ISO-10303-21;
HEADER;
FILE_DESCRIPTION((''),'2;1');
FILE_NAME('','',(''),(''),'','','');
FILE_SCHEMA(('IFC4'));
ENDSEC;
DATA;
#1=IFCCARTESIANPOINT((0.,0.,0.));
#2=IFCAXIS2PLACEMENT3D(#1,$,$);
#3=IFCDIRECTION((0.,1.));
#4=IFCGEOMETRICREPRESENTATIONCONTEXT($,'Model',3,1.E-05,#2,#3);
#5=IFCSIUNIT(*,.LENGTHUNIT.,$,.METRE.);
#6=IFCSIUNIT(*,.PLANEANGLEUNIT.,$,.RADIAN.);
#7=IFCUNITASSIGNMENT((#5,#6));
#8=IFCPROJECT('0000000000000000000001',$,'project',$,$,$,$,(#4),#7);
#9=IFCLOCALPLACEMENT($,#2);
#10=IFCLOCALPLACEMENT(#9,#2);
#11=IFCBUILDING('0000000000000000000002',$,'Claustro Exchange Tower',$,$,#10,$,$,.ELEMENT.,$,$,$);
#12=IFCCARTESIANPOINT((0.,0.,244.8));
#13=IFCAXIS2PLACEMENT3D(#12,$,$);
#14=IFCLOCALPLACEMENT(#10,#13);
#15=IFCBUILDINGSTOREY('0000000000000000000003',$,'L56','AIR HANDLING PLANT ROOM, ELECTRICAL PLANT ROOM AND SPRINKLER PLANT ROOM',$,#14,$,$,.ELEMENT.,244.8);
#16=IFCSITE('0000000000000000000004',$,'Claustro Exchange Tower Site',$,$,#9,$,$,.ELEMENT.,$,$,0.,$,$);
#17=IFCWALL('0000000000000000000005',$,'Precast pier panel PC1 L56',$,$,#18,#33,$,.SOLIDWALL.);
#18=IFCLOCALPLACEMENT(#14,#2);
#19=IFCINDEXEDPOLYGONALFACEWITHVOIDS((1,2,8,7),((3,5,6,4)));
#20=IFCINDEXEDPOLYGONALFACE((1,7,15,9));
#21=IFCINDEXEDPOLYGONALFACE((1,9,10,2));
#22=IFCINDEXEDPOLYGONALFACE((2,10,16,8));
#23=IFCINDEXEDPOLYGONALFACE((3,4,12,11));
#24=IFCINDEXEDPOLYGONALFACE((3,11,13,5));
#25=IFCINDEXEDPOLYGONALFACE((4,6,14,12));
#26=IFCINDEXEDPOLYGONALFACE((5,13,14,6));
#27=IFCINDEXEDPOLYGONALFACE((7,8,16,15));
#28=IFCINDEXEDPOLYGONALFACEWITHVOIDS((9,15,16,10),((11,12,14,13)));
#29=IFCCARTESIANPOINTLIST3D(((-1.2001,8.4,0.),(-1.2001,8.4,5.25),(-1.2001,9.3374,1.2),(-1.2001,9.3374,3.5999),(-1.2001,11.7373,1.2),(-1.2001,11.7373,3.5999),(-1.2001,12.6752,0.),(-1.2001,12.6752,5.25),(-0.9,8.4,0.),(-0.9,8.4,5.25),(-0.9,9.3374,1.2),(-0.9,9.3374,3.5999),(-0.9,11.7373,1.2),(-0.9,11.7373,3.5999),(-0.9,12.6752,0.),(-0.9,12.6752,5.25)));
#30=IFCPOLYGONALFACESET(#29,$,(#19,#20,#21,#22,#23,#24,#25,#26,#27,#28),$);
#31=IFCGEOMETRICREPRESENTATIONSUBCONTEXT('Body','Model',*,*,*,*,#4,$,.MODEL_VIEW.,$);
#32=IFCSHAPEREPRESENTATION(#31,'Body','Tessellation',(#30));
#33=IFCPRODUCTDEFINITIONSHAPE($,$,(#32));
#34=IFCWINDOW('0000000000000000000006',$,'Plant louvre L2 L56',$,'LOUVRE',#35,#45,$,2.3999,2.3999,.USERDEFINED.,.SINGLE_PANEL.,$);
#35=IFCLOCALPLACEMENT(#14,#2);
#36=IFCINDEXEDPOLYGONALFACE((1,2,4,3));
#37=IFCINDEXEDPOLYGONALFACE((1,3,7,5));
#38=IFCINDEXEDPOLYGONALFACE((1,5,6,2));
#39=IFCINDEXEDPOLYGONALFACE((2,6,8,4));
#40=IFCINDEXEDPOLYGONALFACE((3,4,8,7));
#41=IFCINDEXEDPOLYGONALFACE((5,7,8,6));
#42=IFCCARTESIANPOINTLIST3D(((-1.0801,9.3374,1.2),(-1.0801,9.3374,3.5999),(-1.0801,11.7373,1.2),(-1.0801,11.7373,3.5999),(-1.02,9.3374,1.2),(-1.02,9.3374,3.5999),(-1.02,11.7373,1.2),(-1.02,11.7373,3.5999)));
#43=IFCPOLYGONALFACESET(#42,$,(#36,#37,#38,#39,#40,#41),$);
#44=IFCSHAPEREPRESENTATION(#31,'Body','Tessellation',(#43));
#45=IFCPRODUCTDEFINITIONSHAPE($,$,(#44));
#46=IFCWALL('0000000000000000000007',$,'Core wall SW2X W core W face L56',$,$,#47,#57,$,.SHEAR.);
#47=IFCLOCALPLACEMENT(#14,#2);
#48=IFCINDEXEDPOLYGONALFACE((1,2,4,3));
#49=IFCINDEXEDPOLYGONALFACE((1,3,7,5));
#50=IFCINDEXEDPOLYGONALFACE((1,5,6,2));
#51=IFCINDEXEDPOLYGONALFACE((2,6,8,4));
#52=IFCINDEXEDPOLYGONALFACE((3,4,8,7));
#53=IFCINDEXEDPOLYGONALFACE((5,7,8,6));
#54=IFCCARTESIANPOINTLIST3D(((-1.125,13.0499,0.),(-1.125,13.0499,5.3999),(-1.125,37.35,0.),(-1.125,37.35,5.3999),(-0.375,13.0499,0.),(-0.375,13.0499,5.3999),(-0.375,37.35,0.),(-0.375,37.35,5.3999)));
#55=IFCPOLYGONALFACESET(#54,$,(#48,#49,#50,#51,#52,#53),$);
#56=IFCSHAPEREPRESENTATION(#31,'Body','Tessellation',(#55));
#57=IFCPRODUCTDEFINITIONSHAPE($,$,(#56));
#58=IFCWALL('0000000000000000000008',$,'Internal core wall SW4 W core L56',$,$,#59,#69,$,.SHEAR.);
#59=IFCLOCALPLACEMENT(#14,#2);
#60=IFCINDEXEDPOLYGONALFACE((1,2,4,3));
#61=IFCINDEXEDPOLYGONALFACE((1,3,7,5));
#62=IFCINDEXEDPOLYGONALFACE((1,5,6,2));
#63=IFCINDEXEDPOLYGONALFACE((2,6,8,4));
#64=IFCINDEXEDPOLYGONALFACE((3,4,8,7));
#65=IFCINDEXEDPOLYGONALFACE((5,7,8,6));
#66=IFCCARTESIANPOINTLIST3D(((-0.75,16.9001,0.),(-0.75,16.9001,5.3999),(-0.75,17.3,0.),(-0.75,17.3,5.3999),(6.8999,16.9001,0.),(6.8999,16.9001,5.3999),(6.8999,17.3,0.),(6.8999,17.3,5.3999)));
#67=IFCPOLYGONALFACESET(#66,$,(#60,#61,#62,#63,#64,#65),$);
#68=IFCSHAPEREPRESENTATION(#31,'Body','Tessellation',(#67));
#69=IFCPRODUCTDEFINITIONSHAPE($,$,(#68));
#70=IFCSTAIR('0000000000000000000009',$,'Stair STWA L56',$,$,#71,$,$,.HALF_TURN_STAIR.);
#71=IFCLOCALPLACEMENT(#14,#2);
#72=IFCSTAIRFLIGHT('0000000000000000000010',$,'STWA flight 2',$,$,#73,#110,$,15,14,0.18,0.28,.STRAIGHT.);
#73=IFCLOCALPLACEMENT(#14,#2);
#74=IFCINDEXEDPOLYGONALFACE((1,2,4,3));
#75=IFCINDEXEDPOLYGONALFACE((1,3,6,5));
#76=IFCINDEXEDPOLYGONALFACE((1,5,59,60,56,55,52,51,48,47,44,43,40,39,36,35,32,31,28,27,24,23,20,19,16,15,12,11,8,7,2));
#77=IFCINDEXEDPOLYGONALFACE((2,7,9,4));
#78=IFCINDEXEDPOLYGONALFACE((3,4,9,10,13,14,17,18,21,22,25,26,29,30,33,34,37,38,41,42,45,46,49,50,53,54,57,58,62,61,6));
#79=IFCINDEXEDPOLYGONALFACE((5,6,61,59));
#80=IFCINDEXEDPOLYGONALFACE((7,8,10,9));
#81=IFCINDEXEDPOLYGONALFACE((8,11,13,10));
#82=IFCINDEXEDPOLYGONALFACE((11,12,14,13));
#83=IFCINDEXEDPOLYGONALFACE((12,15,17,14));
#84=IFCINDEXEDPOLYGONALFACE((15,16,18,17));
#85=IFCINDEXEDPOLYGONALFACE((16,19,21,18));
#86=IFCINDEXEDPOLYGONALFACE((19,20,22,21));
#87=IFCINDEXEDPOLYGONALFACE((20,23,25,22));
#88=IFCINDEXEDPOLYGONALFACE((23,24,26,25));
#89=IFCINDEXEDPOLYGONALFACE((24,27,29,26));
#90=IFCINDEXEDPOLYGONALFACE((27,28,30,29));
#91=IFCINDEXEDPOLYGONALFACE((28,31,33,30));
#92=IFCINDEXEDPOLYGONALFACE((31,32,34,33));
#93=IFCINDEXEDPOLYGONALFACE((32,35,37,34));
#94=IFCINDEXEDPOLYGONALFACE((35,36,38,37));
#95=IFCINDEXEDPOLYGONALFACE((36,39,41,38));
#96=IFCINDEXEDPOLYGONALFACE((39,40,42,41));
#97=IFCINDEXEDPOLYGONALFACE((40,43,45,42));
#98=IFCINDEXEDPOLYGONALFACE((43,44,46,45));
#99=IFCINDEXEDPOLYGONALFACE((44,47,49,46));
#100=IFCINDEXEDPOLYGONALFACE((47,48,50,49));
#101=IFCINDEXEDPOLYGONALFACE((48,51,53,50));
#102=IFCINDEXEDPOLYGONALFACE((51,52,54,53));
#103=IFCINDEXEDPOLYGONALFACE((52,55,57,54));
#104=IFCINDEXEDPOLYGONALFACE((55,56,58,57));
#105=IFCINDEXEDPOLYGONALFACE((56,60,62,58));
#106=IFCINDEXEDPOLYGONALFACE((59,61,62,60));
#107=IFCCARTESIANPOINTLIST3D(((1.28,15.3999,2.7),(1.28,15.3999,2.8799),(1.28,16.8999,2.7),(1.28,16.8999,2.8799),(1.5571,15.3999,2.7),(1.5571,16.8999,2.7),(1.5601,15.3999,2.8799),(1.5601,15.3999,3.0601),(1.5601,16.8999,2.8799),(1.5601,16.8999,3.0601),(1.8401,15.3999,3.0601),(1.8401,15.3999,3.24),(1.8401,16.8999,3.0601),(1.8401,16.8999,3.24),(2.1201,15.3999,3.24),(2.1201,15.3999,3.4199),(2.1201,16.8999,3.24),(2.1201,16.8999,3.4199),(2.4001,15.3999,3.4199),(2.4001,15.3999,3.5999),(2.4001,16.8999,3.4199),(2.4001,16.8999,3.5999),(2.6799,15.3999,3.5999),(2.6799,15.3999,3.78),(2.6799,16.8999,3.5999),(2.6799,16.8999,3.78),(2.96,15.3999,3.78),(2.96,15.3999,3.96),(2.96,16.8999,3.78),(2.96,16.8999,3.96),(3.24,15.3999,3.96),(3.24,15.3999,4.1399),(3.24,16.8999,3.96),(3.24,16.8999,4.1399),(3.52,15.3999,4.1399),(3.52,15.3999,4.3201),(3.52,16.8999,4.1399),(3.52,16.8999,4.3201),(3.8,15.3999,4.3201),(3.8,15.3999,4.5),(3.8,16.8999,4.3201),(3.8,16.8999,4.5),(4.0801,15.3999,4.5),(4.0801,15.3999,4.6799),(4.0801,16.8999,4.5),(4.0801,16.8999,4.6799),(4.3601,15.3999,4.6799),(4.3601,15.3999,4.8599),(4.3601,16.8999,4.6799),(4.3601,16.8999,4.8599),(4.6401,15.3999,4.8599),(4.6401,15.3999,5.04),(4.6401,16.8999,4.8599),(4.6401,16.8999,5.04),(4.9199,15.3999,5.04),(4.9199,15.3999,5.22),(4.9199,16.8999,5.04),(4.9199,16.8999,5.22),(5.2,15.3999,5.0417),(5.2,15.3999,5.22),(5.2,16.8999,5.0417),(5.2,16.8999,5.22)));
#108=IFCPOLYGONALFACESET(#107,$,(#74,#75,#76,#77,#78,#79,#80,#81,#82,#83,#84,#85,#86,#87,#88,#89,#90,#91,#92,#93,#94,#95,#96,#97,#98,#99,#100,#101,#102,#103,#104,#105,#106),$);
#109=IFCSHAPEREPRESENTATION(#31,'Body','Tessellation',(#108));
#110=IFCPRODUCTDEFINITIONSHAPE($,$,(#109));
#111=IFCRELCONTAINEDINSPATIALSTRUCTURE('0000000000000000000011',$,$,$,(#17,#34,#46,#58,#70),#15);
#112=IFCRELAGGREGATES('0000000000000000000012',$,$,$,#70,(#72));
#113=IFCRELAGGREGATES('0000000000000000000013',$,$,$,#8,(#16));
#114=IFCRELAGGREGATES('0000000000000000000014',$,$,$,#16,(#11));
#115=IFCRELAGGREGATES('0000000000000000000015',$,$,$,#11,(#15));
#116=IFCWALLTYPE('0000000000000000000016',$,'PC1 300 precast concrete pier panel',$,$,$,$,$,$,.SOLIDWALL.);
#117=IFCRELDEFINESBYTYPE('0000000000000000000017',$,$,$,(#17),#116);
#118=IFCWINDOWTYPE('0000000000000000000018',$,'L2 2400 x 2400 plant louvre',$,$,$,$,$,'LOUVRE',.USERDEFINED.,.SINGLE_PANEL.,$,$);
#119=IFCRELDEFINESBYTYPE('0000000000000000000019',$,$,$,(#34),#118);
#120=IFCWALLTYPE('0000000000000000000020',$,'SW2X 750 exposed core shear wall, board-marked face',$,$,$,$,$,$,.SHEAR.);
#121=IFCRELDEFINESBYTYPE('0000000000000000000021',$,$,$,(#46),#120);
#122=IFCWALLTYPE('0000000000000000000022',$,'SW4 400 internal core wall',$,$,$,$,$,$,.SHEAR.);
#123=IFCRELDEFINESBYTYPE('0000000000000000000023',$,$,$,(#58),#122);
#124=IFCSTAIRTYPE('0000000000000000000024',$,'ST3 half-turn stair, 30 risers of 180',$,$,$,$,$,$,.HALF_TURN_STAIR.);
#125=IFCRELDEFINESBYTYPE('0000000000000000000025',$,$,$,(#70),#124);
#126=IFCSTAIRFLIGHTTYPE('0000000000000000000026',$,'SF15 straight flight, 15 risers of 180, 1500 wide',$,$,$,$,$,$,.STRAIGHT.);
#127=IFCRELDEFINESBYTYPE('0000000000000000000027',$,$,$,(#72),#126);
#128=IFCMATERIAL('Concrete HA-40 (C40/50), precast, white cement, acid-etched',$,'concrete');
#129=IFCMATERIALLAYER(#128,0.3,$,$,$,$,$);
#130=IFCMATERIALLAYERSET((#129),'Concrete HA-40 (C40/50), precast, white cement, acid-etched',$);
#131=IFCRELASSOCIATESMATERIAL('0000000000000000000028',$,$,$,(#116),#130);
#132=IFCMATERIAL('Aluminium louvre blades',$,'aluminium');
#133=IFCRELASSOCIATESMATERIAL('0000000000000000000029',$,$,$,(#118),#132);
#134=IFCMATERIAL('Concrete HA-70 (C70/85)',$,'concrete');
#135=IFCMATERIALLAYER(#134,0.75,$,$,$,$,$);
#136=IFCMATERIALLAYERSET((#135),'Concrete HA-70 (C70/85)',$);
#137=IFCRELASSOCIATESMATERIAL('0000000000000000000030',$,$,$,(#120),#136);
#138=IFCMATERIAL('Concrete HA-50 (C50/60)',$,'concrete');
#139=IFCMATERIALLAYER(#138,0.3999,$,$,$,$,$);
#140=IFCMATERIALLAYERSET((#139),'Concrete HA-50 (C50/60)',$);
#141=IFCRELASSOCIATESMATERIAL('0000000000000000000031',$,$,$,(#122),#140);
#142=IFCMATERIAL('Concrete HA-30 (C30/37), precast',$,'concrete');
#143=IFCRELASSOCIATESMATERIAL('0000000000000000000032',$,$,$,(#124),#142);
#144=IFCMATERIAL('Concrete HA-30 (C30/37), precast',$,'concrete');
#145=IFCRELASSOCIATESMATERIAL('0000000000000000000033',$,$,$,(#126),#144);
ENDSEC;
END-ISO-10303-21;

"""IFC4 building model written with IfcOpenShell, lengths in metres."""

from ifc_helpers import new_model, si_unit, direction, frame, frame_2d, origin, place, context, subcontext, project, spatial, polyline, rectangle, outline, extrude, material, layer, layer_set, type_object, element, fill, aggregate, save


model = new_model("IFC4")

# Units and contexts
model_context = context("Model", 3, precision=1e-05, world=origin(), true_north=direction((0.0, 1.0)))
body_context = subcontext(model_context, "Body", "Model", "MODEL_VIEW")
ifc_project = project(units=[si_unit("LENGTHUNIT", "METRE"), si_unit("PLANEANGLEUNIT", "RADIAN")], contexts=[model_context])

# Site, building, storey
site_placement = place(None, origin())
site = spatial("IfcSite", under=ifc_project, at=site_placement, Name="Claustro Exchange Tower Site", CompositionType="ELEMENT", RefElevation=0.0)
building_placement = place(site_placement, origin())
building = spatial("IfcBuilding", under=site, at=building_placement, Name="Claustro Exchange Tower", CompositionType="ELEMENT")
storey_placement = place(building_placement, frame((0.0, 0.0, 244.8)))
storey = spatial("IfcBuildingStorey", under=building, at=storey_placement, Name="L56", Description="AIR HANDLING PLANT ROOM, ELECTRICAL PLANT ROOM AND SPRINKLER PLANT ROOM", CompositionType="ELEMENT", Elevation=244.8)

# Shared definitions
ifc_material_1 = material(Name="Concrete HA-40 (C40/50), precast, white cement, acid-etched", Category="concrete")
ifc_layer_1 = layer(ifc_material_1, 0.3)
ifc_layer_set_1 = layer_set([ifc_layer_1], Name="Concrete HA-40 (C40/50), precast, white cement, acid-etched")
wall_type_1 = type_object("IfcWallType", Name="PC1 300 precast concrete pier panel", PredefinedType="SOLIDWALL", material=ifc_layer_set_1)

# Wall, opening, window
wall_1_placement = place(storey_placement, frame((-1.05, 8.3999, 0.0), z_axis=(0.0, 0.0, 1.0), x_axis=(0.0, 1.0, 0.0)))
wall_1 = element("IfcWall", 1, at=wall_1_placement, inside=storey, type_object=wall_type_1, Name="Precast pier panel PC1 L56", PredefinedType="SOLIDWALL", context=body_context, shape_type="SweptSolid", body=[
    extrude(rectangle(XDim=4.2751, YDim=0.3, at=frame_2d((2.1377, 0.0))), origin(), (0.0, 0.0, 1.0), 5.25),
])
opening_1_placement = place(wall_1_placement, frame((0.9375, 0.0, 1.2)))
opening_1 = element("IfcOpeningElement", 2, at=opening_1_placement, cuts=wall_1, PredefinedType="OPENING", context=body_context, shape_type="SweptSolid", body=[
    extrude(rectangle(XDim=2.3999, YDim=2.3999, at=frame_2d((1.2, 1.2))), frame((0.0, 0.1599, 0.0), z_axis=(0.0, -1.0, 0.0), x_axis=(1.0, 0.0, 0.0)), (0.0, 0.0, 1.0), 0.3201),
])
ifc_material_2 = material(Name="Aluminium louvre blades", Category="aluminium")
window_type = type_object("IfcWindowType", Name="L2 2400 x 2400 plant louvre", ElementType="LOUVRE", PartitioningType="SINGLE_PANEL", PredefinedType="USERDEFINED", material=ifc_material_2)
window_placement = place(opening_1_placement, origin())
window = element("IfcWindow", 3, at=window_placement, inside=storey, type_object=window_type, Name="Plant louvre L2 L56", ObjectType="LOUVRE", OverallHeight=2.3999, OverallWidth=2.3999, PartitioningType="SINGLE_PANEL", PredefinedType="USERDEFINED", context=body_context, shape_type="SweptSolid", body=[
    extrude(rectangle(XDim=2.3999, YDim=2.3999, at=frame_2d((1.2, 1.2))), frame((0.0, 0.03, 0.0), z_axis=(0.0, -1.0, 0.0), x_axis=(1.0, 0.0, 0.0)), (0.0, 0.0, 1.0), 0.0601),
])
fill(opening_1, window)

# Walls
ifc_material_3 = material(Name="Concrete HA-70 (C70/85)", Category="concrete")
ifc_layer_2 = layer(ifc_material_3, 0.75)
ifc_layer_set_2 = layer_set([ifc_layer_2], Name="Concrete HA-70 (C70/85)")
wall_type_2 = type_object("IfcWallType", Name="SW2X 750 exposed core shear wall, board-marked face", PredefinedType="SHEAR", material=ifc_layer_set_2)
wall_2_placement = place(storey_placement, frame((-0.75, 13.05, 0.0), z_axis=(0.0, 0.0, 1.0), x_axis=(0.0, 1.0, 0.0)))
element("IfcWall", 4, at=wall_2_placement, inside=storey, type_object=wall_type_2, Name="Core wall SW2X W core W face L56", PredefinedType="SHEAR", context=body_context, shape_type="SweptSolid", body=[
    extrude(rectangle(XDim=24.3, YDim=0.75, at=frame_2d((12.1499, 0.0))), origin(), (0.0, 0.0, 1.0), 5.3999),
])
ifc_material_4 = material(Name="Concrete HA-50 (C50/60)", Category="concrete")
ifc_layer_3 = layer(ifc_material_4, 0.3999)
ifc_layer_set_3 = layer_set([ifc_layer_3], Name="Concrete HA-50 (C50/60)")
wall_type_3 = type_object("IfcWallType", Name="SW4 400 internal core wall", PredefinedType="SHEAR", material=ifc_layer_set_3)
wall_3_placement = place(storey_placement, frame((-0.75, 17.1001, 0.0), z_axis=(0.0, 0.0, 1.0), x_axis=(1.0, 0.0, 0.0)))
element("IfcWall", 5, at=wall_3_placement, inside=storey, type_object=wall_type_3, Name="Internal core wall SW4 W core L56", PredefinedType="SHEAR", context=body_context, shape_type="SweptSolid", body=[
    extrude(rectangle(XDim=7.6499, YDim=0.3999, at=frame_2d((3.825, 0.0))), origin(), (0.0, 0.0, 1.0), 5.3999),
])

# Stair, stair flight
ifc_material_5 = material(Name="Concrete HA-30 (C30/37), precast", Category="concrete")
stair_type = type_object("IfcStairType", Name="ST3 half-turn stair, 30 risers of 180", PredefinedType="HALF_TURN_STAIR", material=ifc_material_5)
stair_placement = place(storey_placement, origin())
stair = element("IfcStair", 6, at=stair_placement, inside=storey, type_object=stair_type, Name="Stair STWA L56", PredefinedType="HALF_TURN_STAIR")
ifc_material_6 = material(Name="Concrete HA-30 (C30/37), precast", Category="concrete")
stair_flight_type = type_object("IfcStairFlightType", Name="SF15 straight flight, 15 risers of 180, 1500 wide", PredefinedType="STRAIGHT", material=ifc_material_6)
stair_flight_placement = place(storey_placement, frame((1.28, 16.1499, 2.7), z_axis=(0.0, 0.0, 1.0), x_axis=(1.0, 0.0, 0.0)))
stair_flight = element("IfcStairFlight", 7, at=stair_flight_placement, type_object=stair_flight_type, Name="STWA flight 2", NumberOfRisers=15, NumberOfTreads=14, PredefinedType="STRAIGHT", RiserHeight=0.18, TreadLength=0.28, context=body_context, shape_type="SweptSolid", body=[
    extrude(outline(polyline([(0.0, 0.0), (0.0, 0.1799), (0.28, 0.1799), (0.28, 0.3601), (0.5601, 0.3601), (0.5601, 0.54), (0.8401, 0.54), (0.8401, 0.72), (1.1201, 0.72), (1.1201, 0.8999), (1.3999, 0.8999), (1.3999, 1.0801), (1.6799, 1.0801), (1.6799, 1.26), (1.96, 1.26), (1.96, 1.4399), (2.24, 1.4399), (2.24, 1.6201), (2.52, 1.6201), (2.52, 1.8), (2.8, 1.8), (2.8, 1.98), (3.0801, 1.98), (3.0801, 2.1599), (3.3601, 2.1599), (3.3601, 2.3401), (3.6399, 2.3401), (3.6399, 2.52), (3.9199, 2.52), (3.9199, 2.7), (3.9199, 2.3418), (0.2771, 0.0), (0.0, 0.0)])), frame((0.0, 0.75, 0.0), z_axis=(0.0, -1.0, 0.0), x_axis=(1.0, 0.0, 0.0)), (0.0, 0.0, 1.0), 1.5),
])
aggregate(stair, [stair_flight])

save(model, "model.ifc")
